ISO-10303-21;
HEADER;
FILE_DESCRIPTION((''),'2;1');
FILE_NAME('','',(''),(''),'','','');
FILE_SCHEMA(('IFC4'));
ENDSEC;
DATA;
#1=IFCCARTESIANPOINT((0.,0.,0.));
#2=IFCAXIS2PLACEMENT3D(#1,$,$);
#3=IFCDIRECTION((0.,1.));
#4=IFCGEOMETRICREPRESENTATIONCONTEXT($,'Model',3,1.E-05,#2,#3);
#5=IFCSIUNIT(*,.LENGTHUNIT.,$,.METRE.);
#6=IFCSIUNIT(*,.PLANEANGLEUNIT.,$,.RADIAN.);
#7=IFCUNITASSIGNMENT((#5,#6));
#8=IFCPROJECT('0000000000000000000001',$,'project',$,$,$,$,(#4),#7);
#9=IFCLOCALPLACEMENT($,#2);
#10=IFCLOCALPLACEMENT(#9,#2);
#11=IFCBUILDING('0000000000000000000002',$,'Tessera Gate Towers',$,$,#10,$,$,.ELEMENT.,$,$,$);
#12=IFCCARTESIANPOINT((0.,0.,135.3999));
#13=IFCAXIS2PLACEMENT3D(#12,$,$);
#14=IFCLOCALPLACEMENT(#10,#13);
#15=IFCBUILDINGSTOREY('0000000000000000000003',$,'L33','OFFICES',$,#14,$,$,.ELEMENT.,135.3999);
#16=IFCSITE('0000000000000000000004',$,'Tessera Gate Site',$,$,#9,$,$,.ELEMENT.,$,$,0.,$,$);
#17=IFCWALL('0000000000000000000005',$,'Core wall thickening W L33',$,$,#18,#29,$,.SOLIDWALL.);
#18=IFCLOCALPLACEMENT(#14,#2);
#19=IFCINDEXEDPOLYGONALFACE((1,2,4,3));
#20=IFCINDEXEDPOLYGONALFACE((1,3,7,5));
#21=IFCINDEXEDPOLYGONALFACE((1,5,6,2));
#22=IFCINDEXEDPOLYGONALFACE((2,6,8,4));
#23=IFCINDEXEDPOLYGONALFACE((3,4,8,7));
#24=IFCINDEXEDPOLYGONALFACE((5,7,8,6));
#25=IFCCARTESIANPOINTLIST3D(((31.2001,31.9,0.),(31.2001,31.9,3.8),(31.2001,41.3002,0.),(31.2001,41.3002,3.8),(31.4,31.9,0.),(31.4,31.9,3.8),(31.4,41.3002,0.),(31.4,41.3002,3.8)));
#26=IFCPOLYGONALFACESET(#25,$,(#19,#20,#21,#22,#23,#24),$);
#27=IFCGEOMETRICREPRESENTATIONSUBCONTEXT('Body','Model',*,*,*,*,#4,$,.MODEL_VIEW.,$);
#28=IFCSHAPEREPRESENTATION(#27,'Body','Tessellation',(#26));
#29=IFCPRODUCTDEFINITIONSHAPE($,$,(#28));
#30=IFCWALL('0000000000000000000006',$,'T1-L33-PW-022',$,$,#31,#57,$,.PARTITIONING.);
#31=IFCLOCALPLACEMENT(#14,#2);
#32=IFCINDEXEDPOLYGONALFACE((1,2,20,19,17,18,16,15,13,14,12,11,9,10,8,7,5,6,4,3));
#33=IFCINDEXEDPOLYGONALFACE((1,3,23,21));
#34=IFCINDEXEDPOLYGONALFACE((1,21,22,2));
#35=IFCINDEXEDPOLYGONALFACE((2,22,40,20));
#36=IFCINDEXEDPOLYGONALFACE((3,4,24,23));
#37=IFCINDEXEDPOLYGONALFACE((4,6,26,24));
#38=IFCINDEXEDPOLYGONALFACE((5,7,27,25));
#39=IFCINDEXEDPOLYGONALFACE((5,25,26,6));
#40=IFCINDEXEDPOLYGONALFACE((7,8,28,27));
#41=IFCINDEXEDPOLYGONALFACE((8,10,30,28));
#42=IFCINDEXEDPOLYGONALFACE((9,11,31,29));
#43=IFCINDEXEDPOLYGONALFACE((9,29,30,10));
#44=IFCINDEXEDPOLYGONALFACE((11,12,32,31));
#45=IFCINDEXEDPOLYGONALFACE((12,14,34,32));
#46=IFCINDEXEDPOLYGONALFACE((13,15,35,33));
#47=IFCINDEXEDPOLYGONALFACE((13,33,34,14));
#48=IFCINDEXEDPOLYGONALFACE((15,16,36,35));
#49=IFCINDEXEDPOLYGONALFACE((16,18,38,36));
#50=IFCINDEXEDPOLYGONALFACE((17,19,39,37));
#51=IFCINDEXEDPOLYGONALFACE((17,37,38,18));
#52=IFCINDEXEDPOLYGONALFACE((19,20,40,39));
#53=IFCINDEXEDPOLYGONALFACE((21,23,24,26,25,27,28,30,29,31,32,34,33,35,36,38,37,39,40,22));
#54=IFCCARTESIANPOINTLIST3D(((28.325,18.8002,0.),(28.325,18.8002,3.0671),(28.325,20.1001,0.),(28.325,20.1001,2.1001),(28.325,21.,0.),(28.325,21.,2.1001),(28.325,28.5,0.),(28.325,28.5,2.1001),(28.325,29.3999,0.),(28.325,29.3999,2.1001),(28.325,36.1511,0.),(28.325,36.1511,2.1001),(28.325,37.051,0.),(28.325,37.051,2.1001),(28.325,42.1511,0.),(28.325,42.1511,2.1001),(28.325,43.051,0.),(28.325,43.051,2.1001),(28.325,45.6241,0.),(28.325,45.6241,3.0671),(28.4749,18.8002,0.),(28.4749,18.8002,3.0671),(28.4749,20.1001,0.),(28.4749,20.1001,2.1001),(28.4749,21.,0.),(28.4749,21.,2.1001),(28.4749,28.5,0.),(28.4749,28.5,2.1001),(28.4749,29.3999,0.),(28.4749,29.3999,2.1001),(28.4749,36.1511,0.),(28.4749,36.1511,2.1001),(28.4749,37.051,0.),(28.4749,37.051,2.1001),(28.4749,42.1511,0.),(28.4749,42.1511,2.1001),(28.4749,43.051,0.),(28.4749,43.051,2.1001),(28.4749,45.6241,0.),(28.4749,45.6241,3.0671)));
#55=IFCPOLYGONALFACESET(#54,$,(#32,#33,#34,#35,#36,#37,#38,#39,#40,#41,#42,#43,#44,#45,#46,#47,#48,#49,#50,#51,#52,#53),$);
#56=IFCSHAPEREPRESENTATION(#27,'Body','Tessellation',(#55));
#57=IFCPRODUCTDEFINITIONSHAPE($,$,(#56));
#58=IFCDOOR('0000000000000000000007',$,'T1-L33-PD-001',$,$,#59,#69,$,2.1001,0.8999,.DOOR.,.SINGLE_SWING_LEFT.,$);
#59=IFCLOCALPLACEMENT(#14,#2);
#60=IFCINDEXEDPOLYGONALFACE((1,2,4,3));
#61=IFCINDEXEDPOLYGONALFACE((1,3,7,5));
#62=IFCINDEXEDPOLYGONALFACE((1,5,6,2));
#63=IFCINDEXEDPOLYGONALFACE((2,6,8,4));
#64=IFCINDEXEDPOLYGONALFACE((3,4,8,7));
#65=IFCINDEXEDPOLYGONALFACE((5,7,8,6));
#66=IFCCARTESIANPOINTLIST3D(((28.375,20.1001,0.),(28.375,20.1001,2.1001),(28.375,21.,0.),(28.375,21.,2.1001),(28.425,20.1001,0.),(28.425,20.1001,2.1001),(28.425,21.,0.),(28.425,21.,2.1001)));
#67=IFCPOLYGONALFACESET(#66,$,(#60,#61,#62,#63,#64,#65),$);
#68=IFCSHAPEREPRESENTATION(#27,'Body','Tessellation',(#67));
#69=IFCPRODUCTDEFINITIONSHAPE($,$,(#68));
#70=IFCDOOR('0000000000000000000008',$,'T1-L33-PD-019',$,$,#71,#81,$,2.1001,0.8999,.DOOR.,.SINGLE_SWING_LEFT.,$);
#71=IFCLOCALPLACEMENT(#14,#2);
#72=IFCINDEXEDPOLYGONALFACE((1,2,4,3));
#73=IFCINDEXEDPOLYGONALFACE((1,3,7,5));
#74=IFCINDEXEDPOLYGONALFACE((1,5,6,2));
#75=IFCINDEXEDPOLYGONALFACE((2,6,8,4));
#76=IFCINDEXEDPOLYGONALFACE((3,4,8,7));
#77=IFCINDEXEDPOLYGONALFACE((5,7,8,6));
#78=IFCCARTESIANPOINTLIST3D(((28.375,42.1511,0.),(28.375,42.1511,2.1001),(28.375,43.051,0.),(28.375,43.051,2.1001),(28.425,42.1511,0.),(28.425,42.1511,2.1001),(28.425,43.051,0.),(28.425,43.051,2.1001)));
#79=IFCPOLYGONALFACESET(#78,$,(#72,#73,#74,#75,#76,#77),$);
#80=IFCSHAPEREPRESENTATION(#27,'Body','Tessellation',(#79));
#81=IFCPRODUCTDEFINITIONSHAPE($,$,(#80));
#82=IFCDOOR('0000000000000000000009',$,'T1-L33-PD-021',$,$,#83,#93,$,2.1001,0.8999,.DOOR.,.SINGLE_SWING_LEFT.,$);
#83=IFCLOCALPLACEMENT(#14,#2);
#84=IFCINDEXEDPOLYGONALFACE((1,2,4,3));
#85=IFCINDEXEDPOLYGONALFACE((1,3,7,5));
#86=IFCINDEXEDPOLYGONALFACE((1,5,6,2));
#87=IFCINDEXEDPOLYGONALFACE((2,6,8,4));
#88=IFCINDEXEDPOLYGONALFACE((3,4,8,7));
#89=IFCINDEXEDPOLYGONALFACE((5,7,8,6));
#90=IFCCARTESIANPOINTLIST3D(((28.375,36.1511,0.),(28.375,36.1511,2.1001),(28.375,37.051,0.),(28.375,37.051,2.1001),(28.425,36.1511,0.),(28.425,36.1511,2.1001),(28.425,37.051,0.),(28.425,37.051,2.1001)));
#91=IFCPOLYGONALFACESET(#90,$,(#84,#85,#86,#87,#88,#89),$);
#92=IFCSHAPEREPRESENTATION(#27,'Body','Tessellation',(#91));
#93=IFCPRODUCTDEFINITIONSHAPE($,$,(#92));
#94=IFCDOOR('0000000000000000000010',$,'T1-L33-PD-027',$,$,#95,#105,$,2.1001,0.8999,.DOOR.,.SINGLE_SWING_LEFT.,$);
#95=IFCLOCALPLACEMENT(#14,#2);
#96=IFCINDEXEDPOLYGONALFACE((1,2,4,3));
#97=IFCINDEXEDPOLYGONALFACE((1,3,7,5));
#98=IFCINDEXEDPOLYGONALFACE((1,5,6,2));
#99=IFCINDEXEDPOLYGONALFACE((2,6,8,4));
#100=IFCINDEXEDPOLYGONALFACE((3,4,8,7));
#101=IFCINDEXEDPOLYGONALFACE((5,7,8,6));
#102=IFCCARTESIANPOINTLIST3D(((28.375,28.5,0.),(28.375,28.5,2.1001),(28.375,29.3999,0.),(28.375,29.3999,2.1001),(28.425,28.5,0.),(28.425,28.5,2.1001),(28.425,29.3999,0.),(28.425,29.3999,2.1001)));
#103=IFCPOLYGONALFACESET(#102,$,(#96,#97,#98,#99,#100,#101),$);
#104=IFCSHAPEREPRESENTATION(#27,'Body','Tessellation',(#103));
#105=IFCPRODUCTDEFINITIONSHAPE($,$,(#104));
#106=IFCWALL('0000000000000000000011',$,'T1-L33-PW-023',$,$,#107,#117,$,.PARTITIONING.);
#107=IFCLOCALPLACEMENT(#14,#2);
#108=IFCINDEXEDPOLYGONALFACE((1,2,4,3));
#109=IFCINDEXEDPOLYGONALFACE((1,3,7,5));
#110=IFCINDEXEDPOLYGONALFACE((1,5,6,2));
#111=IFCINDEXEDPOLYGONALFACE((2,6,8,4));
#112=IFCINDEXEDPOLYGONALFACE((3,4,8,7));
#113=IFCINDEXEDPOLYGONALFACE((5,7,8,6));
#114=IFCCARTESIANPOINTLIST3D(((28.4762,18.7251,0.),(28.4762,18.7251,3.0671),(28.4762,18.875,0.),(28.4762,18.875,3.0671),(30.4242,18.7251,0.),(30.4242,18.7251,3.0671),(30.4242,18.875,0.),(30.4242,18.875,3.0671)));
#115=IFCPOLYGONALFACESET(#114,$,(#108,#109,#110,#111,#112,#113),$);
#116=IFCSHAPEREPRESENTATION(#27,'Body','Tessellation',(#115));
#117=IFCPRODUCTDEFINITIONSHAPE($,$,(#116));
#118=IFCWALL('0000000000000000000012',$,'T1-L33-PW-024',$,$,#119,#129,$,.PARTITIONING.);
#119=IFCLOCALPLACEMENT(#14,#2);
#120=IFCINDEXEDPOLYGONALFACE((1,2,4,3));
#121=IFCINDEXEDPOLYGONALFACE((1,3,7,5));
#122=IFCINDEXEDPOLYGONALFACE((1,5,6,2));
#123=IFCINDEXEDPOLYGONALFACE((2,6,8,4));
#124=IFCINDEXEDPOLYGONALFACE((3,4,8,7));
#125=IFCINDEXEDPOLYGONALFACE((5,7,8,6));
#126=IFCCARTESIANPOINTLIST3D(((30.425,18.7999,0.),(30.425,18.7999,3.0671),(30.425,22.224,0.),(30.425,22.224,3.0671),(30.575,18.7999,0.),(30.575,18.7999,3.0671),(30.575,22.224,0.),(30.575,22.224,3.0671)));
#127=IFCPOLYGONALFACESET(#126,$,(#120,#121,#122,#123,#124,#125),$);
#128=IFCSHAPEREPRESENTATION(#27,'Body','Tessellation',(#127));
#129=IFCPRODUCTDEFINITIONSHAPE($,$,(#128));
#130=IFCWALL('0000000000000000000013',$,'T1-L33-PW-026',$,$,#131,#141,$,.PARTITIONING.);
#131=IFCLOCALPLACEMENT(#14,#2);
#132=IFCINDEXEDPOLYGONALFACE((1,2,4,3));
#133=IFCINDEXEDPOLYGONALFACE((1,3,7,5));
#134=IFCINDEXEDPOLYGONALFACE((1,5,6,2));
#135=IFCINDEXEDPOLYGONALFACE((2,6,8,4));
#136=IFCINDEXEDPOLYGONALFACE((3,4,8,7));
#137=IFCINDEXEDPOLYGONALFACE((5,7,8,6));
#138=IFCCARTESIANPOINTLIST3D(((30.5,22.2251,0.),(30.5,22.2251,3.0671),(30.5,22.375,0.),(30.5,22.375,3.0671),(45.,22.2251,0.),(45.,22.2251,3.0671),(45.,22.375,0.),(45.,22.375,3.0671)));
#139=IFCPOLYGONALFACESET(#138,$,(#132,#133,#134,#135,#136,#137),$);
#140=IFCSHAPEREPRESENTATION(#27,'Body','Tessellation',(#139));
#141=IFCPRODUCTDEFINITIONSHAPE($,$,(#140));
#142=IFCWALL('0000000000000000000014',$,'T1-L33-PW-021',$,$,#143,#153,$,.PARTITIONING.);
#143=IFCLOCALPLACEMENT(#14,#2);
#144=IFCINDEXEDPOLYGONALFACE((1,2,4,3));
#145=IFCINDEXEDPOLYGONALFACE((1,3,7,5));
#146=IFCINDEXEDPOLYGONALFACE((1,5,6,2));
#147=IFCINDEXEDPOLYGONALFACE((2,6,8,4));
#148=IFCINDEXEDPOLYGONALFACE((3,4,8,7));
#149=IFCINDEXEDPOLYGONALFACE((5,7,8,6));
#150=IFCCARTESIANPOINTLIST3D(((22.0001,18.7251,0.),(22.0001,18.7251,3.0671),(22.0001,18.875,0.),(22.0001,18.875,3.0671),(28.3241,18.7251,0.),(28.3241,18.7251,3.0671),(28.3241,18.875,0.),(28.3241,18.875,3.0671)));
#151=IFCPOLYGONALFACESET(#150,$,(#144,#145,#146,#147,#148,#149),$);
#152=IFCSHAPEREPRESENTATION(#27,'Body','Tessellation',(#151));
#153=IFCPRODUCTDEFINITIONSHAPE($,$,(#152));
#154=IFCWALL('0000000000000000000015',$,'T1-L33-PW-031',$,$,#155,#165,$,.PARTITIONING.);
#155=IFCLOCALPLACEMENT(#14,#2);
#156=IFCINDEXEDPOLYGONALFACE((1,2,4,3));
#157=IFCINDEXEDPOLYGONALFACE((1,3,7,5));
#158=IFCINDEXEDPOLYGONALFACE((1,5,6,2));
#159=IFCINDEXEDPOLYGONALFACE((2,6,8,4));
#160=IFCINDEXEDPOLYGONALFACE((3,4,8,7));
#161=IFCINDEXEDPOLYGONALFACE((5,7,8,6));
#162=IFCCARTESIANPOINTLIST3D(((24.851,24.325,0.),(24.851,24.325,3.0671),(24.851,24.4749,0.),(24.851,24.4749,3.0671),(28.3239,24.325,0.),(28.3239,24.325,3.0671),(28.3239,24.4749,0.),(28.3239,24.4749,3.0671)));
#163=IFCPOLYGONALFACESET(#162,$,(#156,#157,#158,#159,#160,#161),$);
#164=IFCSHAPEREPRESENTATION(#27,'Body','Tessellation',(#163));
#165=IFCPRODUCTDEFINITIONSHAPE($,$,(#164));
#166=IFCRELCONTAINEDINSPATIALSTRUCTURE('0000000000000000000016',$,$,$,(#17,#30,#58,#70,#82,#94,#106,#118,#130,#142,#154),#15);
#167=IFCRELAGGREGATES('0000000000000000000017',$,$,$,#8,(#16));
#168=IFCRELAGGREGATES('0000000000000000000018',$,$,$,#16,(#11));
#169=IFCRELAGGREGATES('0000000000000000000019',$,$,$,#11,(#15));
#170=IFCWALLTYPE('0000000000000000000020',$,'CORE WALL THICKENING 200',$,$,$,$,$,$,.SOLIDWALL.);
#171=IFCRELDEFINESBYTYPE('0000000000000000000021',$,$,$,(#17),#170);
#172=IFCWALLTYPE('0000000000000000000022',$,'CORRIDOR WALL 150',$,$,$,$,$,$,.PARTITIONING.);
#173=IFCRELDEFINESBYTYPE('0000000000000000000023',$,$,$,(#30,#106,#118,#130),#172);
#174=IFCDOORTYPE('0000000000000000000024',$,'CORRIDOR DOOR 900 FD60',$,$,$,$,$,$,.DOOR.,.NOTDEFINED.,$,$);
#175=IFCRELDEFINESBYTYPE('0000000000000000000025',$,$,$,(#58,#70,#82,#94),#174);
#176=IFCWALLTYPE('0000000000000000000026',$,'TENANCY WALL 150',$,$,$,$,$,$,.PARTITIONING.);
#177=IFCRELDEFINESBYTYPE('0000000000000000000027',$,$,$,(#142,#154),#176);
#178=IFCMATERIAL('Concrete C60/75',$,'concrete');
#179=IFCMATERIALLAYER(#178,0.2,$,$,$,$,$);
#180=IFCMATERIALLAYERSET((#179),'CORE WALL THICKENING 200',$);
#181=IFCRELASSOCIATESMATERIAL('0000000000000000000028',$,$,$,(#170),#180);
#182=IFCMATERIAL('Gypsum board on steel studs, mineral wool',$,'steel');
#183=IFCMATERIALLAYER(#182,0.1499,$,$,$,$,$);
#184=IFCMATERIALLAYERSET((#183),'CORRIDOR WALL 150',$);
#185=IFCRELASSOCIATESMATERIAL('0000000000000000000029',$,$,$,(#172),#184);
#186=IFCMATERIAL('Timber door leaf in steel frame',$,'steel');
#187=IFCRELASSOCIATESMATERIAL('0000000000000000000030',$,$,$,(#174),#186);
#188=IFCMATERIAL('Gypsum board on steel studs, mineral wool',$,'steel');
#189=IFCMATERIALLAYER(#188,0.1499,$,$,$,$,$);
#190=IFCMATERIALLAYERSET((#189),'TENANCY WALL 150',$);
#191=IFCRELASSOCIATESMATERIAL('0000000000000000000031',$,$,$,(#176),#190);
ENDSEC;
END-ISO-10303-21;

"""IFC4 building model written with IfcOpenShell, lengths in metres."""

from ifc_helpers import new_model, si_unit, direction, frame, frame_2d, origin, place, context, subcontext, project, spatial, rectangle, extrude, source, transform, mapped, material, layer, layer_set, type_object, element, fill, save


model = new_model("IFC4")

# Units and contexts
model_context = context("Model", 3, precision=1e-05, world=origin(), true_north=direction((0.0, 1.0)))
body_context = subcontext(model_context, "Body", "Model", "MODEL_VIEW")
ifc_project = project(units=[si_unit("LENGTHUNIT", "METRE"), si_unit("PLANEANGLEUNIT", "RADIAN")], contexts=[model_context])

# Site, building, storey
site_placement = place(None, origin())
site = spatial("IfcSite", under=ifc_project, at=site_placement, Name="Tessera Gate Site", CompositionType="ELEMENT", RefElevation=0.0)
building_placement = place(site_placement, origin())
building = spatial("IfcBuilding", under=site, at=building_placement, Name="Tessera Gate Towers", CompositionType="ELEMENT")
storey_placement = place(building_placement, frame((0.0, 0.0, 135.3999)))
storey = spatial("IfcBuildingStorey", under=building, at=storey_placement, Name="L33", Description="OFFICES", CompositionType="ELEMENT", Elevation=135.3999)

# Shared definitions
shared_shape_1 = source(origin(), body_context, "Body", "SweptSolid", [
    extrude(rectangle(XDim=0.8999, YDim=2.1001, at=frame_2d((0.45, 1.05))), frame((0.0, 0.0249, 0.0), z_axis=(0.0, -1.0, 0.0), x_axis=(1.0, 0.0, 0.0)), (0.0, 0.0, 1.0), 0.05),
])

# Wall
ifc_material_1 = material(Name="Concrete C60/75", Category="concrete")
ifc_layer_1 = layer(ifc_material_1, 0.2)
ifc_layer_set_1 = layer_set([ifc_layer_1], Name="CORE WALL THICKENING 200")
wall_type_1 = type_object("IfcWallType", Name="CORE WALL THICKENING 200", PredefinedType="SOLIDWALL", material=ifc_layer_set_1)
wall_1_placement = place(storey_placement, frame((31.3, 31.8999, 0.0), z_axis=(0.0, 0.0, 1.0), x_axis=(0.0, 1.0, 0.0)))
element("IfcWall", 1, at=wall_1_placement, inside=storey, type_object=wall_type_1, Name="Core wall thickening W L33", PredefinedType="SOLIDWALL", context=body_context, shape_type="SweptSolid", body=[
    extrude(rectangle(XDim=9.4001, YDim=0.2, at=frame_2d((4.7002, 0.0))), origin(), (0.0, 0.0, 1.0), 3.8),
])

# Wall, openings, doors
ifc_material_2 = material(Name="Gypsum board on steel studs, mineral wool", Category="steel")
ifc_layer_2 = layer(ifc_material_2, 0.1499)
ifc_layer_set_2 = layer_set([ifc_layer_2], Name="CORRIDOR WALL 150")
wall_type_2 = type_object("IfcWallType", Name="CORRIDOR WALL 150", PredefinedType="PARTITIONING", material=ifc_layer_set_2)
wall_2_placement = place(storey_placement, frame((28.3999, 18.8, 0.0), z_axis=(0.0, 0.0, 1.0), x_axis=(0.0, 1.0, 0.0)))
wall_2 = element("IfcWall", 2, at=wall_2_placement, inside=storey, type_object=wall_type_2, Name="T1-L33-PW-022", PredefinedType="PARTITIONING", context=body_context, shape_type="SweptSolid", body=[
    extrude(rectangle(XDim=26.824, YDim=0.1499, at=frame_2d((13.4121, 0.0))), origin(), (0.0, 0.0, 1.0), 3.0671),
])
shared_shape_2 = source(origin(), body_context, "Body", "SweptSolid", [
    extrude(rectangle(XDim=0.8999, YDim=2.1001, at=frame_2d((0.45, 1.05))), frame((0.0, 0.085, 0.0), z_axis=(0.0, -1.0, 0.0), x_axis=(1.0, 0.0, 0.0)), (0.0, 0.0, 1.0), 0.1699),
])
opening_1_placement = place(wall_2_placement, frame((1.3, 0.0, 0.0)))
opening_1 = element("IfcOpeningElement", 3, at=opening_1_placement, cuts=wall_2, PredefinedType="OPENING", context=body_context, shape_type="MappedRepresentation", body=[
    mapped(shared_shape_2, transform((0.0, 0.0, 0.0), scale=1.0)),
])
opening_2_placement = place(wall_2_placement, frame((23.3511, 0.0, 0.0)))
opening_2 = element("IfcOpeningElement", 4, at=opening_2_placement, cuts=wall_2, PredefinedType="OPENING", context=body_context, shape_type="MappedRepresentation", body=[
    mapped(shared_shape_2, transform((0.0, 0.0, 0.0), scale=1.0)),
])
opening_3_placement = place(wall_2_placement, frame((17.3511, 0.0, 0.0)))
opening_3 = element("IfcOpeningElement", 5, at=opening_3_placement, cuts=wall_2, PredefinedType="OPENING", context=body_context, shape_type="MappedRepresentation", body=[
    mapped(shared_shape_2, transform((0.0, 0.0, 0.0), scale=1.0)),
])
opening_4_placement = place(wall_2_placement, frame((9.7, 0.0, 0.0)))
opening_4 = element("IfcOpeningElement", 6, at=opening_4_placement, cuts=wall_2, PredefinedType="OPENING", context=body_context, shape_type="MappedRepresentation", body=[
    mapped(shared_shape_2, transform((0.0, 0.0, 0.0), scale=1.0)),
])
ifc_material_3 = material(Name="Timber door leaf in steel frame", Category="steel")
door_type_1 = type_object("IfcDoorType", Name="CORRIDOR DOOR 900 FD60", OperationType="NOTDEFINED", PredefinedType="DOOR", material=ifc_material_3)
door_1_placement = place(opening_1_placement, origin())
door_1 = element("IfcDoor", 7, at=door_1_placement, inside=storey, type_object=door_type_1, Name="T1-L33-PD-001", OperationType="SINGLE_SWING_LEFT", OverallHeight=2.1001, OverallWidth=0.8999, PredefinedType="DOOR", context=body_context, shape_type="MappedRepresentation", body=[
    mapped(shared_shape_1, transform((0.0, 0.0, 0.0), scale=1.0)),
])
fill(opening_1, door_1)
door_2_placement = place(opening_2_placement, origin())
door_2 = element("IfcDoor", 8, at=door_2_placement, inside=storey, type_object=door_type_1, Name="T1-L33-PD-019", OperationType="SINGLE_SWING_LEFT", OverallHeight=2.1001, OverallWidth=0.8999, PredefinedType="DOOR", context=body_context, shape_type="MappedRepresentation", body=[
    mapped(shared_shape_1, transform((0.0, 0.0, 0.0), scale=1.0)),
])
fill(opening_2, door_2)
door_3_placement = place(opening_3_placement, origin())
door_3 = element("IfcDoor", 9, at=door_3_placement, inside=storey, type_object=door_type_1, Name="T1-L33-PD-021", OperationType="SINGLE_SWING_LEFT", OverallHeight=2.1001, OverallWidth=0.8999, PredefinedType="DOOR", context=body_context, shape_type="MappedRepresentation", body=[
    mapped(shared_shape_1, transform((0.0, 0.0, 0.0), scale=1.0)),
])
fill(opening_3, door_3)
door_4_placement = place(opening_4_placement, origin())
door_4 = element("IfcDoor", 10, at=door_4_placement, inside=storey, type_object=door_type_1, Name="T1-L33-PD-027", OperationType="SINGLE_SWING_LEFT", OverallHeight=2.1001, OverallWidth=0.8999, PredefinedType="DOOR", context=body_context, shape_type="MappedRepresentation", body=[
    mapped(shared_shape_1, transform((0.0, 0.0, 0.0), scale=1.0)),
])
fill(opening_4, door_4)

# Walls
wall_3_placement = place(storey_placement, frame((28.4761, 18.8, 0.0), z_axis=(0.0, 0.0, 1.0), x_axis=(1.0, 0.0, 0.0)))
element("IfcWall", 11, at=wall_3_placement, inside=storey, type_object=wall_type_2, Name="T1-L33-PW-023", PredefinedType="PARTITIONING", context=body_context, shape_type="SweptSolid", body=[
    extrude(rectangle(XDim=1.948, YDim=0.1499, at=frame_2d((0.9741, 0.0))), origin(), (0.0, 0.0, 1.0), 3.0671),
])
wall_4_placement = place(storey_placement, frame((30.5, 18.8, 0.0), z_axis=(0.0, 0.0, 1.0), x_axis=(0.0, 1.0, 0.0)))
element("IfcWall", 12, at=wall_4_placement, inside=storey, type_object=wall_type_2, Name="T1-L33-PW-024", PredefinedType="PARTITIONING", context=body_context, shape_type="SweptSolid", body=[
    extrude(rectangle(XDim=3.4241, YDim=0.1499, at=frame_2d((1.7119, 0.0))), origin(), (0.0, 0.0, 1.0), 3.0671),
])
wall_5_placement = place(storey_placement, frame((30.5, 22.3, 0.0), z_axis=(0.0, 0.0, 1.0), x_axis=(1.0, 0.0, 0.0)))
element("IfcWall", 13, at=wall_5_placement, inside=storey, type_object=wall_type_2, Name="T1-L33-PW-026", PredefinedType="PARTITIONING", context=body_context, shape_type="SweptSolid", body=[
    extrude(rectangle(XDim=14.5, YDim=0.1499, at=frame_2d((7.25, 0.0))), origin(), (0.0, 0.0, 1.0), 3.0671),
])
ifc_material_4 = material(Name="Gypsum board on steel studs, mineral wool", Category="steel")
ifc_layer_3 = layer(ifc_material_4, 0.1499)
ifc_layer_set_3 = layer_set([ifc_layer_3], Name="TENANCY WALL 150")
wall_type_3 = type_object("IfcWallType", Name="TENANCY WALL 150", PredefinedType="PARTITIONING", material=ifc_layer_set_3)
wall_6_placement = place(storey_placement, frame((22.0, 18.8, 0.0), z_axis=(0.0, 0.0, 1.0), x_axis=(1.0, 0.0, 0.0)))
element("IfcWall", 14, at=wall_6_placement, inside=storey, type_object=wall_type_3, Name="T1-L33-PW-021", PredefinedType="PARTITIONING", context=body_context, shape_type="SweptSolid", body=[
    extrude(rectangle(XDim=6.324, YDim=0.1499, at=frame_2d((3.1621, 0.0))), origin(), (0.0, 0.0, 1.0), 3.0671),
])
wall_7_placement = place(storey_placement, frame((24.8511, 24.3999, 0.0), z_axis=(0.0, 0.0, 1.0), x_axis=(1.0, 0.0, 0.0)))
element("IfcWall", 15, at=wall_7_placement, inside=storey, type_object=wall_type_3, Name="T1-L33-PW-031", PredefinedType="PARTITIONING", context=body_context, shape_type="SweptSolid", body=[
    extrude(rectangle(XDim=3.4729, YDim=0.1499, at=frame_2d((1.7363, 0.0))), origin(), (0.0, 0.0, 1.0), 3.0671),
])

save(model, "model.ifc")
